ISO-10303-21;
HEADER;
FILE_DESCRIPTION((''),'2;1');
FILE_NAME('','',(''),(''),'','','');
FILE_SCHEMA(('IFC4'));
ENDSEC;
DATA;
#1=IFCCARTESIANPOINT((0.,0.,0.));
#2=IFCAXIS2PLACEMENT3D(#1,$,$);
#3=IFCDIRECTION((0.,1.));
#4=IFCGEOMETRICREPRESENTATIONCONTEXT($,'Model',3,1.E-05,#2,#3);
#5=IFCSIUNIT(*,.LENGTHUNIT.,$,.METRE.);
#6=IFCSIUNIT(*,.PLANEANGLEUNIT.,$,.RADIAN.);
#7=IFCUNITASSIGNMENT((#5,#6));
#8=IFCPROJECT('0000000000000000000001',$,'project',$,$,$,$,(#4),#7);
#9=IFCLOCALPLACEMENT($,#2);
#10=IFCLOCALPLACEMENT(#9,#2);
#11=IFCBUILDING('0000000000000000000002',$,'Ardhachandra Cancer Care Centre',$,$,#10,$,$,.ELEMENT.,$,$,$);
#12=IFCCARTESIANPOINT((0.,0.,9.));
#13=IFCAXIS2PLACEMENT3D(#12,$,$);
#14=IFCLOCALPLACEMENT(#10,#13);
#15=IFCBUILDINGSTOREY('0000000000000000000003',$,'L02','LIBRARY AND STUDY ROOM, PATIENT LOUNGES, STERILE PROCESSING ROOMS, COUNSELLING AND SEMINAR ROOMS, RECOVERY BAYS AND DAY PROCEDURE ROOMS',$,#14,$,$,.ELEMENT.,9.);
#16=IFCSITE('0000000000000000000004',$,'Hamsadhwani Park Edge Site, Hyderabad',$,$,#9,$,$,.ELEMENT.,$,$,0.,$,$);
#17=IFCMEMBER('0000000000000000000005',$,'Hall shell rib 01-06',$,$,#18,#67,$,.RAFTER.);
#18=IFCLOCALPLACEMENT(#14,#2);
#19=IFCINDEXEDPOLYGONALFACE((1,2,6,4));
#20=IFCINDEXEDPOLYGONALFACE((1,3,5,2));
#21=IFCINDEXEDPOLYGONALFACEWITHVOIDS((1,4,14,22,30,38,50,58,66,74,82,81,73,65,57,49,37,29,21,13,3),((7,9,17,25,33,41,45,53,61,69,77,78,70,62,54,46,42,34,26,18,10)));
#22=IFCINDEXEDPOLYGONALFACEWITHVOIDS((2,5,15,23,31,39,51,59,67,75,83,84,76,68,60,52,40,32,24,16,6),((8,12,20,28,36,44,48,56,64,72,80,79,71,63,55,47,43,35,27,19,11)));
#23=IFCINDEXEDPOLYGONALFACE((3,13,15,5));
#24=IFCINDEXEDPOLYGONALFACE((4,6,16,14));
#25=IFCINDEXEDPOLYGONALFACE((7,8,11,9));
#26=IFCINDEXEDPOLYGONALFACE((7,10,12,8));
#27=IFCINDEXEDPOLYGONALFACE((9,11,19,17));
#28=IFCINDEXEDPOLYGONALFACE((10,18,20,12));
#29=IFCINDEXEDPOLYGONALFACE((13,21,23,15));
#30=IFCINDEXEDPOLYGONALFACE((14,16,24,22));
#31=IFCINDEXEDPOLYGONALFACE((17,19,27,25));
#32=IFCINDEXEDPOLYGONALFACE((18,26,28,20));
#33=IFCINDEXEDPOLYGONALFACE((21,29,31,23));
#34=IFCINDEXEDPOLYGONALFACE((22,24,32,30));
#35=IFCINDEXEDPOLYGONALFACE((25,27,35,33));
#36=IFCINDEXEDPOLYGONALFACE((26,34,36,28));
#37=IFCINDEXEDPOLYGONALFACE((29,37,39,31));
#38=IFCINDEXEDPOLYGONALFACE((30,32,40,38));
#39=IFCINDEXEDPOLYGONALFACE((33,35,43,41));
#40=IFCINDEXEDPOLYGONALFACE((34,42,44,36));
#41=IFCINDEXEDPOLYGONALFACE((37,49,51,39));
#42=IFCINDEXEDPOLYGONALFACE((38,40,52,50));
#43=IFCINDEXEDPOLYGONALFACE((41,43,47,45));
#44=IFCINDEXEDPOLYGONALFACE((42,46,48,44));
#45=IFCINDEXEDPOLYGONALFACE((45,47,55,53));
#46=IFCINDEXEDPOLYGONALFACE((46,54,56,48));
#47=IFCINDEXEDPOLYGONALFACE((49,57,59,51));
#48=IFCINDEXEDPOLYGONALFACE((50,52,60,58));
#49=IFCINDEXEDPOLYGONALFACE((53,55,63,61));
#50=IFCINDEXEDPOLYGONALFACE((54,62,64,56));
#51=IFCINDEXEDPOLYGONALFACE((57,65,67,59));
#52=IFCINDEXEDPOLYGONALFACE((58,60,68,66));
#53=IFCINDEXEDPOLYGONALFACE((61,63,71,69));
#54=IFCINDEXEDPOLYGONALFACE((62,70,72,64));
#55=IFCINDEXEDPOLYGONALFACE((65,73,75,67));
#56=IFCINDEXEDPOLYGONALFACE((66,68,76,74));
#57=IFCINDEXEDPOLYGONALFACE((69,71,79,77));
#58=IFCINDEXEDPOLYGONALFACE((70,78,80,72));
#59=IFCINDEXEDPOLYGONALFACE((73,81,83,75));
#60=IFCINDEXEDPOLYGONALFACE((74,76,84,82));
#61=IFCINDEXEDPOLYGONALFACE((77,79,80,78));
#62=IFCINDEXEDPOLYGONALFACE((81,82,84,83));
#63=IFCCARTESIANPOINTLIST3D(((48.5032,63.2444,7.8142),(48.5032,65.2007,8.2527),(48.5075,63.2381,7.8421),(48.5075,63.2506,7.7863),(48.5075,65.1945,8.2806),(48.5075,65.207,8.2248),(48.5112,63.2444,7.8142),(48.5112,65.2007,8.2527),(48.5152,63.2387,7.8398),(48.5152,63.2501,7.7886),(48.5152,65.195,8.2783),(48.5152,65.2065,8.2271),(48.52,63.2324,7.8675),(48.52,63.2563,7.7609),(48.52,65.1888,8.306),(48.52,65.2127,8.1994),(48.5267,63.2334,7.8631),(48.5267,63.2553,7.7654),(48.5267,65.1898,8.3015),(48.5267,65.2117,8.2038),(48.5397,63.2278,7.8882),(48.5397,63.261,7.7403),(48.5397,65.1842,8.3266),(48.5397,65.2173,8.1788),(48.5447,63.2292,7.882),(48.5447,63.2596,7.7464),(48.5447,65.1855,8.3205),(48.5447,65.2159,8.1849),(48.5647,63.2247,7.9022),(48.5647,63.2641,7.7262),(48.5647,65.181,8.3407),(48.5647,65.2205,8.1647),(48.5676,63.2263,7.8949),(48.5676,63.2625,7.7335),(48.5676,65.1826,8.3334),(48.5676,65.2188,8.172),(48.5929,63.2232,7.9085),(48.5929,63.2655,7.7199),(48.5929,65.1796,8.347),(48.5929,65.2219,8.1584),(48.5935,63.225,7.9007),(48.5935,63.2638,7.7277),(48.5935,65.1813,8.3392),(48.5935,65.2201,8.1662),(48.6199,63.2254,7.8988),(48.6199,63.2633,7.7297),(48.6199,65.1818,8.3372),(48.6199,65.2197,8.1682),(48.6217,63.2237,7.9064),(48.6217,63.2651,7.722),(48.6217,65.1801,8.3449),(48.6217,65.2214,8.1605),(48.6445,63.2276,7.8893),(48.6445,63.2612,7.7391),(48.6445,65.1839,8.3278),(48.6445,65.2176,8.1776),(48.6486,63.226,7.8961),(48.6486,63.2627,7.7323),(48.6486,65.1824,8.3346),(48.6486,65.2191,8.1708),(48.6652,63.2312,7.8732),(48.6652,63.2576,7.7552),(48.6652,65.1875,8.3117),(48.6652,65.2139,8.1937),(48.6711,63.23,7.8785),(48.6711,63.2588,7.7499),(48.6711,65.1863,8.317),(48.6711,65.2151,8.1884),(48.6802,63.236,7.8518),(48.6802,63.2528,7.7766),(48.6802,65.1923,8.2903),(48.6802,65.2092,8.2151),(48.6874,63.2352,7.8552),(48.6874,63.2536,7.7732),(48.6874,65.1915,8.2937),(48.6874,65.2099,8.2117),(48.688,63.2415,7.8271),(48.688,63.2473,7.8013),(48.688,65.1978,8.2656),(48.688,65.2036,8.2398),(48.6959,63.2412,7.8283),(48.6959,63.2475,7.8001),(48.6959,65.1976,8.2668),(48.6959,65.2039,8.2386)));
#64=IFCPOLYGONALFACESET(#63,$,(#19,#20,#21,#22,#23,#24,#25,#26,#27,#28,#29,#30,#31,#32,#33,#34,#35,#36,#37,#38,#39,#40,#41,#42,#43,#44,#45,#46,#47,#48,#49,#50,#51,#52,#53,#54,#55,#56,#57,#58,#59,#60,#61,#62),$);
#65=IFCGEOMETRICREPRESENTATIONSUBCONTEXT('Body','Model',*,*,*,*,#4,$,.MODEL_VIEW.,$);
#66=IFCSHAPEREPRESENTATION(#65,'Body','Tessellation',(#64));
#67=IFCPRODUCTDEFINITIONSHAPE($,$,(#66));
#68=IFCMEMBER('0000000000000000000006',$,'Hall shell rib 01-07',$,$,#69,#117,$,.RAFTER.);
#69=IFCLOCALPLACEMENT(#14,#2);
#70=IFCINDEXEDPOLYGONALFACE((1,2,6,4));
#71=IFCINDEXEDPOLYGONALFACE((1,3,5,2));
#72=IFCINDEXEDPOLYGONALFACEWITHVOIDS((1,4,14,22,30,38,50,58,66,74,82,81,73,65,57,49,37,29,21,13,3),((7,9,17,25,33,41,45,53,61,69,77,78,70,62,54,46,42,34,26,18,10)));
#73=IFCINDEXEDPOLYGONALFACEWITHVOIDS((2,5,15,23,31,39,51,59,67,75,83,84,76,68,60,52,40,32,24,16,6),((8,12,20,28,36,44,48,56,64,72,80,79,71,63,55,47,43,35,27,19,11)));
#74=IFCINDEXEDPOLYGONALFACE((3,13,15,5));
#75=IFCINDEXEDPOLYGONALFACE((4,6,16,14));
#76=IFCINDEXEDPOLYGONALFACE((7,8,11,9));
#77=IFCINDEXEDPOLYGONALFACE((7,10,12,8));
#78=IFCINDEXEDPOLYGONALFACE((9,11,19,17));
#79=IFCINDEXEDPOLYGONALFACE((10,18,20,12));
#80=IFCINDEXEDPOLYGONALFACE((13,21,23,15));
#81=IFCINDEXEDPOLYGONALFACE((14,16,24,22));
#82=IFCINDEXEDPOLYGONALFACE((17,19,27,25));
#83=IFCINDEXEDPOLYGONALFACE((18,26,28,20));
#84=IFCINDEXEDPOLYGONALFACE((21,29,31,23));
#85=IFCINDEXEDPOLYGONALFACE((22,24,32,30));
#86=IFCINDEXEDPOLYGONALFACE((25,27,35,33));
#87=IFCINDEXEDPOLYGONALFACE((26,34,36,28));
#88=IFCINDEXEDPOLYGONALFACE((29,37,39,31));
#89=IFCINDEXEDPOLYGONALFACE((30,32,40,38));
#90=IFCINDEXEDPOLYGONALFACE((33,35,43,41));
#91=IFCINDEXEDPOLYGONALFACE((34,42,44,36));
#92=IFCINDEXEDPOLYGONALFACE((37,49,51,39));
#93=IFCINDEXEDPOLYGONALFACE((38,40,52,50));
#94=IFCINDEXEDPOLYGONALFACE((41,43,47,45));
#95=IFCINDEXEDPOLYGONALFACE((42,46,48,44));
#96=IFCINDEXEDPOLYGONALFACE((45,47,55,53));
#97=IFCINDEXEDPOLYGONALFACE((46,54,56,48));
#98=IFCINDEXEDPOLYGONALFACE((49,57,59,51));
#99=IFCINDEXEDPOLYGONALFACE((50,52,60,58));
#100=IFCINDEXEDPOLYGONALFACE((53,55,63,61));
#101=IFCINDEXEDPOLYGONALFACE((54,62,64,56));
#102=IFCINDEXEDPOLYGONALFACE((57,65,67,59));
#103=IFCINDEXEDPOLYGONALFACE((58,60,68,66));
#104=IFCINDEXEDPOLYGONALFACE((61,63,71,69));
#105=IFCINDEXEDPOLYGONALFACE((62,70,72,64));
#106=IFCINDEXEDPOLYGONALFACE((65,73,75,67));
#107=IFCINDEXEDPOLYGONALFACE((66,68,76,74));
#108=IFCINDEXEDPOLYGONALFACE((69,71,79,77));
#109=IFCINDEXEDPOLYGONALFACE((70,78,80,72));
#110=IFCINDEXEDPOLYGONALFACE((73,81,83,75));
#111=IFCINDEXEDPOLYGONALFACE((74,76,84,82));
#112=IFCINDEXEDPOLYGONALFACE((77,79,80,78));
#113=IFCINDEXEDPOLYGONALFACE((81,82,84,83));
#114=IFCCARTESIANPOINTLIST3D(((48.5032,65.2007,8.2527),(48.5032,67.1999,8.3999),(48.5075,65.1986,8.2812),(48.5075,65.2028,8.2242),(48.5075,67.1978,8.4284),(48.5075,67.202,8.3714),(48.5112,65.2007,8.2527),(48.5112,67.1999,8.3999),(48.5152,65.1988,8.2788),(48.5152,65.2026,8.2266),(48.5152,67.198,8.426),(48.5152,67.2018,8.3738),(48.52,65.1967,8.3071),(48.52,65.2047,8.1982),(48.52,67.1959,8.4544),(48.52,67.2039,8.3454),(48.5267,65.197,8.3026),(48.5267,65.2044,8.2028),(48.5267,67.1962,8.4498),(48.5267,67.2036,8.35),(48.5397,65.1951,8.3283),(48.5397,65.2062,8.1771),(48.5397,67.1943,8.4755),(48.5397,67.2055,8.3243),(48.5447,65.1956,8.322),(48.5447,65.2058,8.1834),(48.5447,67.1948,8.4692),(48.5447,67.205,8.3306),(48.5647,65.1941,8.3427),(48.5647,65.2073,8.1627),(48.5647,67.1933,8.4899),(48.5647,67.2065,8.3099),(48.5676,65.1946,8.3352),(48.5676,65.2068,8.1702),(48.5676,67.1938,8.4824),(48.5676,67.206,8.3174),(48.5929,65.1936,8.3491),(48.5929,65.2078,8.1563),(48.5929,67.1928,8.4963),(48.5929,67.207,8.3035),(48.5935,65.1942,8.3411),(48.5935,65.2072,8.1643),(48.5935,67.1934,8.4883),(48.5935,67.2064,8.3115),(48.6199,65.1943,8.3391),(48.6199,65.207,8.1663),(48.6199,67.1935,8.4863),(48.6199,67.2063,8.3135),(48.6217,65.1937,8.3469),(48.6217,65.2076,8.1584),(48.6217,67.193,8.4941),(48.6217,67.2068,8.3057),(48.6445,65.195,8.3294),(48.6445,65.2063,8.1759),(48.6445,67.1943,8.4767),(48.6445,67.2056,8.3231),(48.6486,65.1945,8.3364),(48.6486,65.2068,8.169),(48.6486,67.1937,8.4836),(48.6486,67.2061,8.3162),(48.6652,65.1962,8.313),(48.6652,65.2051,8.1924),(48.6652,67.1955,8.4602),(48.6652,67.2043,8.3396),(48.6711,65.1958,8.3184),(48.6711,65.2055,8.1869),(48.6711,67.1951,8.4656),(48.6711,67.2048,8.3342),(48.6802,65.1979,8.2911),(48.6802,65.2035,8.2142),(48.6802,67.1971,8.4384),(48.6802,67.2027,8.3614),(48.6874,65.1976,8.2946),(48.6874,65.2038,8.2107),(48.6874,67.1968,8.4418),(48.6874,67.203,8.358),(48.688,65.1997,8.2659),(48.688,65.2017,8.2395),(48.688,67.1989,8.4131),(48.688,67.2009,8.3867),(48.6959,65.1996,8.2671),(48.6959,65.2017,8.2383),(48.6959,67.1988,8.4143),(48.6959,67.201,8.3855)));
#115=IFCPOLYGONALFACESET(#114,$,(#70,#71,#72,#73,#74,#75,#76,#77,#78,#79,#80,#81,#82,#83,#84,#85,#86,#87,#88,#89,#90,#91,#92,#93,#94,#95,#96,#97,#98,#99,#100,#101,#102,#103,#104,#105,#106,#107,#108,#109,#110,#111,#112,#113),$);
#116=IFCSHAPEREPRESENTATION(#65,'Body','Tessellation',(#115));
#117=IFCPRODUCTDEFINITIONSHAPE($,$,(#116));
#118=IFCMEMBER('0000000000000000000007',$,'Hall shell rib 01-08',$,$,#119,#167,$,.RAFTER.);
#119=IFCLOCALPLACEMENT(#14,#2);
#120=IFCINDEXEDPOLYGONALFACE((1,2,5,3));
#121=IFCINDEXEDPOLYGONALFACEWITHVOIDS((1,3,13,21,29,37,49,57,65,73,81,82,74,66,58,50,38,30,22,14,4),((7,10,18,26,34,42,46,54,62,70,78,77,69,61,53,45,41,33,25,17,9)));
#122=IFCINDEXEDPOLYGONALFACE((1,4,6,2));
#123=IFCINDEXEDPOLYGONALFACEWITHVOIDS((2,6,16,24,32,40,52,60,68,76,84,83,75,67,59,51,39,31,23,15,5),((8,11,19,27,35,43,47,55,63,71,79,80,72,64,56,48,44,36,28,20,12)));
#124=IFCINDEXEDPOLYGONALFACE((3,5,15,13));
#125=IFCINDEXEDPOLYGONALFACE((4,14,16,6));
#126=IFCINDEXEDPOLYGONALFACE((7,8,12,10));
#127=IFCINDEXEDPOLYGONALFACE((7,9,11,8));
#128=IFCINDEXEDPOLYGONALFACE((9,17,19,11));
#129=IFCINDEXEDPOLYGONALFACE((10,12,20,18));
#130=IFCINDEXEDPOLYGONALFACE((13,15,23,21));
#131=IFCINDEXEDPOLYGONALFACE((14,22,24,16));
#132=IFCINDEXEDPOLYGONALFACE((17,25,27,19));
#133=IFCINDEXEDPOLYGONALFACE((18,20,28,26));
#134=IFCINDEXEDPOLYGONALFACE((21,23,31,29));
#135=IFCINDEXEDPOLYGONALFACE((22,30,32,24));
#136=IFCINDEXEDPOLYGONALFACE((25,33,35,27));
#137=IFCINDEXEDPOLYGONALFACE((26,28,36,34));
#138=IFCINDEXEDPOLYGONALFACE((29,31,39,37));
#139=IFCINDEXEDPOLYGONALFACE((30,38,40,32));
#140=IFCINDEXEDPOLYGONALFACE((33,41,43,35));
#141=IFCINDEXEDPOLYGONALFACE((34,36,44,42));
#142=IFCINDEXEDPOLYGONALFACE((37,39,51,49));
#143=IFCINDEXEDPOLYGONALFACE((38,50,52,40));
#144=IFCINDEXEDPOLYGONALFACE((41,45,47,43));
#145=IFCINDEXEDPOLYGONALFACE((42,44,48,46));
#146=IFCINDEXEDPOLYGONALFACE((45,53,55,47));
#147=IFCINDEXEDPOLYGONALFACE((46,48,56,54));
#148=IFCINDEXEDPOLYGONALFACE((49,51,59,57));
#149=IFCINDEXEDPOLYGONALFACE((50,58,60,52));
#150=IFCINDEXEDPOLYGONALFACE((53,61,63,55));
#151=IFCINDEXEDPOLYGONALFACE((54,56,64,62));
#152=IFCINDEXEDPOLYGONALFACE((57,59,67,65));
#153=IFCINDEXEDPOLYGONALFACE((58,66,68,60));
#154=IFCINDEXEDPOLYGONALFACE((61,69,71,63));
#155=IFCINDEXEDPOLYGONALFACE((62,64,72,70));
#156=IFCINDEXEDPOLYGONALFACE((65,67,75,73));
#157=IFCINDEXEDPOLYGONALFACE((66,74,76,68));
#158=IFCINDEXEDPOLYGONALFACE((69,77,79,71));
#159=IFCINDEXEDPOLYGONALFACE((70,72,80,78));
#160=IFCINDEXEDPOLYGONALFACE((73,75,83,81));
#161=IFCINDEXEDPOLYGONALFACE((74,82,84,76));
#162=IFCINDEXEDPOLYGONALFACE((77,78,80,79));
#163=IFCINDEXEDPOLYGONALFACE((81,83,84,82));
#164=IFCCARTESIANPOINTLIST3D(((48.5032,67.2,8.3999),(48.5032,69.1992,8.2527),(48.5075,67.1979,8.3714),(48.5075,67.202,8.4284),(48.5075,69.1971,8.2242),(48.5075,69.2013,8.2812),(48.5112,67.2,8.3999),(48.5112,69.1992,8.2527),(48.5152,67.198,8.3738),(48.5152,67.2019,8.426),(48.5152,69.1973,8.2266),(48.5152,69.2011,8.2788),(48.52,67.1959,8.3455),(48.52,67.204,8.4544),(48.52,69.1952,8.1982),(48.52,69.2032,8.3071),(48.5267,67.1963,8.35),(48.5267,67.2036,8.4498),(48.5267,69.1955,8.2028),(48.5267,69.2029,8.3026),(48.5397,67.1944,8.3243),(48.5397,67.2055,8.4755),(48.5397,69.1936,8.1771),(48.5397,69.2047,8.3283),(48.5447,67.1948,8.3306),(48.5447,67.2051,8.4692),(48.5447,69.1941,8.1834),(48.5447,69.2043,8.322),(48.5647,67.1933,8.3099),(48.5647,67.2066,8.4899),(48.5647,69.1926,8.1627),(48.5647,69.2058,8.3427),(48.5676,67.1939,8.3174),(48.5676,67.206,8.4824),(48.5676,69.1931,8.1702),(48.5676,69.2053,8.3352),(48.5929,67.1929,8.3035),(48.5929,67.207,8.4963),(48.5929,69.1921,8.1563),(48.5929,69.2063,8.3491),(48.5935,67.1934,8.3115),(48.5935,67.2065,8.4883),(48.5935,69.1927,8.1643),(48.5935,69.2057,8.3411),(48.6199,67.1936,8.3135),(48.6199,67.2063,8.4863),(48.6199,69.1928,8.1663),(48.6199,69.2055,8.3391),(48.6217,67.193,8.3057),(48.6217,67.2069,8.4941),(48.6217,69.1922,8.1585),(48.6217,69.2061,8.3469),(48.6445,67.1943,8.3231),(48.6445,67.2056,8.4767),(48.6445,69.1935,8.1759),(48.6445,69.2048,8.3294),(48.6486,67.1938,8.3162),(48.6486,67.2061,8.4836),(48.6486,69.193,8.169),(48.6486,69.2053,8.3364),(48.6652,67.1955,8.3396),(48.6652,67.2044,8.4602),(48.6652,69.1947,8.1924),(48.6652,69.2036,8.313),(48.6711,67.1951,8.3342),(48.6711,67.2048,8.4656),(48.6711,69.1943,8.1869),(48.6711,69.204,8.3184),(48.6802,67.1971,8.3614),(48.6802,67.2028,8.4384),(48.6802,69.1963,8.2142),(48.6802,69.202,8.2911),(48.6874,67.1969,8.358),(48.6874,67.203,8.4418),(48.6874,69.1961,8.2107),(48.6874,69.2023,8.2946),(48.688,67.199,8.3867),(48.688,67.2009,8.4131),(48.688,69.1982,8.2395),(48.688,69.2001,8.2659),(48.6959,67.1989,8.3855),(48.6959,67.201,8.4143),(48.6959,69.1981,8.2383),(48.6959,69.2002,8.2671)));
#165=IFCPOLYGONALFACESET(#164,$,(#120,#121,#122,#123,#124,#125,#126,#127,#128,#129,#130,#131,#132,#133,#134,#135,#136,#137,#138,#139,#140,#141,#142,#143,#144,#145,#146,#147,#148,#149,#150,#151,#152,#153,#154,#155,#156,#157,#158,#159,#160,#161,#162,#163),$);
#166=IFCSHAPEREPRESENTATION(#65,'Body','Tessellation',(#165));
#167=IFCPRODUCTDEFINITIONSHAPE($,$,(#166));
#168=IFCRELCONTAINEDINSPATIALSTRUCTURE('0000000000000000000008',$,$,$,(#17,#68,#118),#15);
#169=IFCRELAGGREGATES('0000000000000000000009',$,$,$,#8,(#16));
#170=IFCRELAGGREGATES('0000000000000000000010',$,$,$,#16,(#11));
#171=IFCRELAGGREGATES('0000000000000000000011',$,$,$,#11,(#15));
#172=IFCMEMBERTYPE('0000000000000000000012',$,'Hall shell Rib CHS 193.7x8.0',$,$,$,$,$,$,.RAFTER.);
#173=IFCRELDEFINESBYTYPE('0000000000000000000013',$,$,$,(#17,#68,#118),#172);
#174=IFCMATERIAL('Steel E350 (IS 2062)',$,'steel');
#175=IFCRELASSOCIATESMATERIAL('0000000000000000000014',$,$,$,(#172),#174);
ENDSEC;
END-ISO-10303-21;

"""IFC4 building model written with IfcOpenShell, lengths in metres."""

from ifc_helpers import new_model, si_unit, direction, frame, origin, origin_2d, place, context, subcontext, project, spatial, hollow_circle, extrude, material, material_profile, profile_set, type_object, element, save


model = new_model("IFC4")

# Units and contexts
model_context = context("Model", 3, precision=1e-05, world=origin(), true_north=direction((0.0, 1.0)))
body_context = subcontext(model_context, "Body", "Model", "MODEL_VIEW")
ifc_project = project(units=[si_unit("LENGTHUNIT", "METRE"), si_unit("PLANEANGLEUNIT", "RADIAN")], contexts=[model_context])

# Site, building, storey
site_placement = place(None, origin())
site = spatial("IfcSite", under=ifc_project, at=site_placement, Name="Hamsadhwani Park Edge Site, Hyderabad", CompositionType="ELEMENT", RefElevation=0.0)
building_placement = place(site_placement, origin())
building = spatial("IfcBuilding", under=site, at=building_placement, Name="Ardhachandra Cancer Care Centre", CompositionType="ELEMENT")
storey_placement = place(building_placement, frame((0.0, 0.0, 9.0)))
storey = spatial("IfcBuildingStorey", under=building, at=storey_placement, Name="L02", Description="LIBRARY AND STUDY ROOM, PATIENT LOUNGES, STERILE PROCESSING ROOMS, COUNSELLING AND SEMINAR ROOMS, RECOVERY BAYS AND DAY PROCEDURE ROOMS", CompositionType="ELEMENT", Elevation=9.0)

# Members
ifc_material_1 = material(Name="Steel E350 (IS 2062)", Category="steel")
ifc_material_profile_1 = material_profile(ifc_material_1, hollow_circle(Radius=0.0969, WallThickness=0.0081, at=origin_2d()), Name="CHS 193.7x8.0")
ifc_profile_set_1 = profile_set([ifc_material_profile_1], Name="Steel E350 (IS 2062)")
member_type_1 = type_object("IfcMemberType", Name="Hall shell Rib CHS 193.7x8.0", PredefinedType="RAFTER", material=ifc_profile_set_1)
member_1_placement = place(storey_placement, frame((48.6001, 63.2444, 7.8142), z_axis=(0.0, 0.97579, 0.218709), x_axis=(-1.0, 0.0, 0.0)))
element("IfcMember", 1, at=member_1_placement, inside=storey, type_object=member_type_1, Name="Hall shell rib 01-06", PredefinedType="RAFTER", context=body_context, shape_type="SweptSolid", body=[
    extrude(hollow_circle(Radius=0.0969, WallThickness=0.0081, at=origin_2d()), origin(), (0.0, 0.0, 1.0), 2.0049),
])
for number, where, z_axis, x_axis, name in (
    (2, (48.6001, 65.2007, 8.2527), (0.0, 0.9973, 0.073437), (-1.0, 0.0, 0.0), "Hall shell rib 01-07"),
    (3, (48.6001, 67.2, 8.3999), (0.0, 0.9973, -0.073437), (-1.0, 0.0, 0.0), "Hall shell rib 01-08"),
):
    element("IfcMember", number, at=place(storey_placement, frame(where, z_axis=z_axis, x_axis=x_axis)), inside=storey, type_object=member_type_1, Name=name, PredefinedType="RAFTER", context=body_context, shape_type="SweptSolid", body=[
        extrude(hollow_circle(Radius=0.0969, WallThickness=0.0081, at=origin_2d()), origin(), (0.0, 0.0, 1.0), 2.0046),
    ])

save(model, "model.ifc")
